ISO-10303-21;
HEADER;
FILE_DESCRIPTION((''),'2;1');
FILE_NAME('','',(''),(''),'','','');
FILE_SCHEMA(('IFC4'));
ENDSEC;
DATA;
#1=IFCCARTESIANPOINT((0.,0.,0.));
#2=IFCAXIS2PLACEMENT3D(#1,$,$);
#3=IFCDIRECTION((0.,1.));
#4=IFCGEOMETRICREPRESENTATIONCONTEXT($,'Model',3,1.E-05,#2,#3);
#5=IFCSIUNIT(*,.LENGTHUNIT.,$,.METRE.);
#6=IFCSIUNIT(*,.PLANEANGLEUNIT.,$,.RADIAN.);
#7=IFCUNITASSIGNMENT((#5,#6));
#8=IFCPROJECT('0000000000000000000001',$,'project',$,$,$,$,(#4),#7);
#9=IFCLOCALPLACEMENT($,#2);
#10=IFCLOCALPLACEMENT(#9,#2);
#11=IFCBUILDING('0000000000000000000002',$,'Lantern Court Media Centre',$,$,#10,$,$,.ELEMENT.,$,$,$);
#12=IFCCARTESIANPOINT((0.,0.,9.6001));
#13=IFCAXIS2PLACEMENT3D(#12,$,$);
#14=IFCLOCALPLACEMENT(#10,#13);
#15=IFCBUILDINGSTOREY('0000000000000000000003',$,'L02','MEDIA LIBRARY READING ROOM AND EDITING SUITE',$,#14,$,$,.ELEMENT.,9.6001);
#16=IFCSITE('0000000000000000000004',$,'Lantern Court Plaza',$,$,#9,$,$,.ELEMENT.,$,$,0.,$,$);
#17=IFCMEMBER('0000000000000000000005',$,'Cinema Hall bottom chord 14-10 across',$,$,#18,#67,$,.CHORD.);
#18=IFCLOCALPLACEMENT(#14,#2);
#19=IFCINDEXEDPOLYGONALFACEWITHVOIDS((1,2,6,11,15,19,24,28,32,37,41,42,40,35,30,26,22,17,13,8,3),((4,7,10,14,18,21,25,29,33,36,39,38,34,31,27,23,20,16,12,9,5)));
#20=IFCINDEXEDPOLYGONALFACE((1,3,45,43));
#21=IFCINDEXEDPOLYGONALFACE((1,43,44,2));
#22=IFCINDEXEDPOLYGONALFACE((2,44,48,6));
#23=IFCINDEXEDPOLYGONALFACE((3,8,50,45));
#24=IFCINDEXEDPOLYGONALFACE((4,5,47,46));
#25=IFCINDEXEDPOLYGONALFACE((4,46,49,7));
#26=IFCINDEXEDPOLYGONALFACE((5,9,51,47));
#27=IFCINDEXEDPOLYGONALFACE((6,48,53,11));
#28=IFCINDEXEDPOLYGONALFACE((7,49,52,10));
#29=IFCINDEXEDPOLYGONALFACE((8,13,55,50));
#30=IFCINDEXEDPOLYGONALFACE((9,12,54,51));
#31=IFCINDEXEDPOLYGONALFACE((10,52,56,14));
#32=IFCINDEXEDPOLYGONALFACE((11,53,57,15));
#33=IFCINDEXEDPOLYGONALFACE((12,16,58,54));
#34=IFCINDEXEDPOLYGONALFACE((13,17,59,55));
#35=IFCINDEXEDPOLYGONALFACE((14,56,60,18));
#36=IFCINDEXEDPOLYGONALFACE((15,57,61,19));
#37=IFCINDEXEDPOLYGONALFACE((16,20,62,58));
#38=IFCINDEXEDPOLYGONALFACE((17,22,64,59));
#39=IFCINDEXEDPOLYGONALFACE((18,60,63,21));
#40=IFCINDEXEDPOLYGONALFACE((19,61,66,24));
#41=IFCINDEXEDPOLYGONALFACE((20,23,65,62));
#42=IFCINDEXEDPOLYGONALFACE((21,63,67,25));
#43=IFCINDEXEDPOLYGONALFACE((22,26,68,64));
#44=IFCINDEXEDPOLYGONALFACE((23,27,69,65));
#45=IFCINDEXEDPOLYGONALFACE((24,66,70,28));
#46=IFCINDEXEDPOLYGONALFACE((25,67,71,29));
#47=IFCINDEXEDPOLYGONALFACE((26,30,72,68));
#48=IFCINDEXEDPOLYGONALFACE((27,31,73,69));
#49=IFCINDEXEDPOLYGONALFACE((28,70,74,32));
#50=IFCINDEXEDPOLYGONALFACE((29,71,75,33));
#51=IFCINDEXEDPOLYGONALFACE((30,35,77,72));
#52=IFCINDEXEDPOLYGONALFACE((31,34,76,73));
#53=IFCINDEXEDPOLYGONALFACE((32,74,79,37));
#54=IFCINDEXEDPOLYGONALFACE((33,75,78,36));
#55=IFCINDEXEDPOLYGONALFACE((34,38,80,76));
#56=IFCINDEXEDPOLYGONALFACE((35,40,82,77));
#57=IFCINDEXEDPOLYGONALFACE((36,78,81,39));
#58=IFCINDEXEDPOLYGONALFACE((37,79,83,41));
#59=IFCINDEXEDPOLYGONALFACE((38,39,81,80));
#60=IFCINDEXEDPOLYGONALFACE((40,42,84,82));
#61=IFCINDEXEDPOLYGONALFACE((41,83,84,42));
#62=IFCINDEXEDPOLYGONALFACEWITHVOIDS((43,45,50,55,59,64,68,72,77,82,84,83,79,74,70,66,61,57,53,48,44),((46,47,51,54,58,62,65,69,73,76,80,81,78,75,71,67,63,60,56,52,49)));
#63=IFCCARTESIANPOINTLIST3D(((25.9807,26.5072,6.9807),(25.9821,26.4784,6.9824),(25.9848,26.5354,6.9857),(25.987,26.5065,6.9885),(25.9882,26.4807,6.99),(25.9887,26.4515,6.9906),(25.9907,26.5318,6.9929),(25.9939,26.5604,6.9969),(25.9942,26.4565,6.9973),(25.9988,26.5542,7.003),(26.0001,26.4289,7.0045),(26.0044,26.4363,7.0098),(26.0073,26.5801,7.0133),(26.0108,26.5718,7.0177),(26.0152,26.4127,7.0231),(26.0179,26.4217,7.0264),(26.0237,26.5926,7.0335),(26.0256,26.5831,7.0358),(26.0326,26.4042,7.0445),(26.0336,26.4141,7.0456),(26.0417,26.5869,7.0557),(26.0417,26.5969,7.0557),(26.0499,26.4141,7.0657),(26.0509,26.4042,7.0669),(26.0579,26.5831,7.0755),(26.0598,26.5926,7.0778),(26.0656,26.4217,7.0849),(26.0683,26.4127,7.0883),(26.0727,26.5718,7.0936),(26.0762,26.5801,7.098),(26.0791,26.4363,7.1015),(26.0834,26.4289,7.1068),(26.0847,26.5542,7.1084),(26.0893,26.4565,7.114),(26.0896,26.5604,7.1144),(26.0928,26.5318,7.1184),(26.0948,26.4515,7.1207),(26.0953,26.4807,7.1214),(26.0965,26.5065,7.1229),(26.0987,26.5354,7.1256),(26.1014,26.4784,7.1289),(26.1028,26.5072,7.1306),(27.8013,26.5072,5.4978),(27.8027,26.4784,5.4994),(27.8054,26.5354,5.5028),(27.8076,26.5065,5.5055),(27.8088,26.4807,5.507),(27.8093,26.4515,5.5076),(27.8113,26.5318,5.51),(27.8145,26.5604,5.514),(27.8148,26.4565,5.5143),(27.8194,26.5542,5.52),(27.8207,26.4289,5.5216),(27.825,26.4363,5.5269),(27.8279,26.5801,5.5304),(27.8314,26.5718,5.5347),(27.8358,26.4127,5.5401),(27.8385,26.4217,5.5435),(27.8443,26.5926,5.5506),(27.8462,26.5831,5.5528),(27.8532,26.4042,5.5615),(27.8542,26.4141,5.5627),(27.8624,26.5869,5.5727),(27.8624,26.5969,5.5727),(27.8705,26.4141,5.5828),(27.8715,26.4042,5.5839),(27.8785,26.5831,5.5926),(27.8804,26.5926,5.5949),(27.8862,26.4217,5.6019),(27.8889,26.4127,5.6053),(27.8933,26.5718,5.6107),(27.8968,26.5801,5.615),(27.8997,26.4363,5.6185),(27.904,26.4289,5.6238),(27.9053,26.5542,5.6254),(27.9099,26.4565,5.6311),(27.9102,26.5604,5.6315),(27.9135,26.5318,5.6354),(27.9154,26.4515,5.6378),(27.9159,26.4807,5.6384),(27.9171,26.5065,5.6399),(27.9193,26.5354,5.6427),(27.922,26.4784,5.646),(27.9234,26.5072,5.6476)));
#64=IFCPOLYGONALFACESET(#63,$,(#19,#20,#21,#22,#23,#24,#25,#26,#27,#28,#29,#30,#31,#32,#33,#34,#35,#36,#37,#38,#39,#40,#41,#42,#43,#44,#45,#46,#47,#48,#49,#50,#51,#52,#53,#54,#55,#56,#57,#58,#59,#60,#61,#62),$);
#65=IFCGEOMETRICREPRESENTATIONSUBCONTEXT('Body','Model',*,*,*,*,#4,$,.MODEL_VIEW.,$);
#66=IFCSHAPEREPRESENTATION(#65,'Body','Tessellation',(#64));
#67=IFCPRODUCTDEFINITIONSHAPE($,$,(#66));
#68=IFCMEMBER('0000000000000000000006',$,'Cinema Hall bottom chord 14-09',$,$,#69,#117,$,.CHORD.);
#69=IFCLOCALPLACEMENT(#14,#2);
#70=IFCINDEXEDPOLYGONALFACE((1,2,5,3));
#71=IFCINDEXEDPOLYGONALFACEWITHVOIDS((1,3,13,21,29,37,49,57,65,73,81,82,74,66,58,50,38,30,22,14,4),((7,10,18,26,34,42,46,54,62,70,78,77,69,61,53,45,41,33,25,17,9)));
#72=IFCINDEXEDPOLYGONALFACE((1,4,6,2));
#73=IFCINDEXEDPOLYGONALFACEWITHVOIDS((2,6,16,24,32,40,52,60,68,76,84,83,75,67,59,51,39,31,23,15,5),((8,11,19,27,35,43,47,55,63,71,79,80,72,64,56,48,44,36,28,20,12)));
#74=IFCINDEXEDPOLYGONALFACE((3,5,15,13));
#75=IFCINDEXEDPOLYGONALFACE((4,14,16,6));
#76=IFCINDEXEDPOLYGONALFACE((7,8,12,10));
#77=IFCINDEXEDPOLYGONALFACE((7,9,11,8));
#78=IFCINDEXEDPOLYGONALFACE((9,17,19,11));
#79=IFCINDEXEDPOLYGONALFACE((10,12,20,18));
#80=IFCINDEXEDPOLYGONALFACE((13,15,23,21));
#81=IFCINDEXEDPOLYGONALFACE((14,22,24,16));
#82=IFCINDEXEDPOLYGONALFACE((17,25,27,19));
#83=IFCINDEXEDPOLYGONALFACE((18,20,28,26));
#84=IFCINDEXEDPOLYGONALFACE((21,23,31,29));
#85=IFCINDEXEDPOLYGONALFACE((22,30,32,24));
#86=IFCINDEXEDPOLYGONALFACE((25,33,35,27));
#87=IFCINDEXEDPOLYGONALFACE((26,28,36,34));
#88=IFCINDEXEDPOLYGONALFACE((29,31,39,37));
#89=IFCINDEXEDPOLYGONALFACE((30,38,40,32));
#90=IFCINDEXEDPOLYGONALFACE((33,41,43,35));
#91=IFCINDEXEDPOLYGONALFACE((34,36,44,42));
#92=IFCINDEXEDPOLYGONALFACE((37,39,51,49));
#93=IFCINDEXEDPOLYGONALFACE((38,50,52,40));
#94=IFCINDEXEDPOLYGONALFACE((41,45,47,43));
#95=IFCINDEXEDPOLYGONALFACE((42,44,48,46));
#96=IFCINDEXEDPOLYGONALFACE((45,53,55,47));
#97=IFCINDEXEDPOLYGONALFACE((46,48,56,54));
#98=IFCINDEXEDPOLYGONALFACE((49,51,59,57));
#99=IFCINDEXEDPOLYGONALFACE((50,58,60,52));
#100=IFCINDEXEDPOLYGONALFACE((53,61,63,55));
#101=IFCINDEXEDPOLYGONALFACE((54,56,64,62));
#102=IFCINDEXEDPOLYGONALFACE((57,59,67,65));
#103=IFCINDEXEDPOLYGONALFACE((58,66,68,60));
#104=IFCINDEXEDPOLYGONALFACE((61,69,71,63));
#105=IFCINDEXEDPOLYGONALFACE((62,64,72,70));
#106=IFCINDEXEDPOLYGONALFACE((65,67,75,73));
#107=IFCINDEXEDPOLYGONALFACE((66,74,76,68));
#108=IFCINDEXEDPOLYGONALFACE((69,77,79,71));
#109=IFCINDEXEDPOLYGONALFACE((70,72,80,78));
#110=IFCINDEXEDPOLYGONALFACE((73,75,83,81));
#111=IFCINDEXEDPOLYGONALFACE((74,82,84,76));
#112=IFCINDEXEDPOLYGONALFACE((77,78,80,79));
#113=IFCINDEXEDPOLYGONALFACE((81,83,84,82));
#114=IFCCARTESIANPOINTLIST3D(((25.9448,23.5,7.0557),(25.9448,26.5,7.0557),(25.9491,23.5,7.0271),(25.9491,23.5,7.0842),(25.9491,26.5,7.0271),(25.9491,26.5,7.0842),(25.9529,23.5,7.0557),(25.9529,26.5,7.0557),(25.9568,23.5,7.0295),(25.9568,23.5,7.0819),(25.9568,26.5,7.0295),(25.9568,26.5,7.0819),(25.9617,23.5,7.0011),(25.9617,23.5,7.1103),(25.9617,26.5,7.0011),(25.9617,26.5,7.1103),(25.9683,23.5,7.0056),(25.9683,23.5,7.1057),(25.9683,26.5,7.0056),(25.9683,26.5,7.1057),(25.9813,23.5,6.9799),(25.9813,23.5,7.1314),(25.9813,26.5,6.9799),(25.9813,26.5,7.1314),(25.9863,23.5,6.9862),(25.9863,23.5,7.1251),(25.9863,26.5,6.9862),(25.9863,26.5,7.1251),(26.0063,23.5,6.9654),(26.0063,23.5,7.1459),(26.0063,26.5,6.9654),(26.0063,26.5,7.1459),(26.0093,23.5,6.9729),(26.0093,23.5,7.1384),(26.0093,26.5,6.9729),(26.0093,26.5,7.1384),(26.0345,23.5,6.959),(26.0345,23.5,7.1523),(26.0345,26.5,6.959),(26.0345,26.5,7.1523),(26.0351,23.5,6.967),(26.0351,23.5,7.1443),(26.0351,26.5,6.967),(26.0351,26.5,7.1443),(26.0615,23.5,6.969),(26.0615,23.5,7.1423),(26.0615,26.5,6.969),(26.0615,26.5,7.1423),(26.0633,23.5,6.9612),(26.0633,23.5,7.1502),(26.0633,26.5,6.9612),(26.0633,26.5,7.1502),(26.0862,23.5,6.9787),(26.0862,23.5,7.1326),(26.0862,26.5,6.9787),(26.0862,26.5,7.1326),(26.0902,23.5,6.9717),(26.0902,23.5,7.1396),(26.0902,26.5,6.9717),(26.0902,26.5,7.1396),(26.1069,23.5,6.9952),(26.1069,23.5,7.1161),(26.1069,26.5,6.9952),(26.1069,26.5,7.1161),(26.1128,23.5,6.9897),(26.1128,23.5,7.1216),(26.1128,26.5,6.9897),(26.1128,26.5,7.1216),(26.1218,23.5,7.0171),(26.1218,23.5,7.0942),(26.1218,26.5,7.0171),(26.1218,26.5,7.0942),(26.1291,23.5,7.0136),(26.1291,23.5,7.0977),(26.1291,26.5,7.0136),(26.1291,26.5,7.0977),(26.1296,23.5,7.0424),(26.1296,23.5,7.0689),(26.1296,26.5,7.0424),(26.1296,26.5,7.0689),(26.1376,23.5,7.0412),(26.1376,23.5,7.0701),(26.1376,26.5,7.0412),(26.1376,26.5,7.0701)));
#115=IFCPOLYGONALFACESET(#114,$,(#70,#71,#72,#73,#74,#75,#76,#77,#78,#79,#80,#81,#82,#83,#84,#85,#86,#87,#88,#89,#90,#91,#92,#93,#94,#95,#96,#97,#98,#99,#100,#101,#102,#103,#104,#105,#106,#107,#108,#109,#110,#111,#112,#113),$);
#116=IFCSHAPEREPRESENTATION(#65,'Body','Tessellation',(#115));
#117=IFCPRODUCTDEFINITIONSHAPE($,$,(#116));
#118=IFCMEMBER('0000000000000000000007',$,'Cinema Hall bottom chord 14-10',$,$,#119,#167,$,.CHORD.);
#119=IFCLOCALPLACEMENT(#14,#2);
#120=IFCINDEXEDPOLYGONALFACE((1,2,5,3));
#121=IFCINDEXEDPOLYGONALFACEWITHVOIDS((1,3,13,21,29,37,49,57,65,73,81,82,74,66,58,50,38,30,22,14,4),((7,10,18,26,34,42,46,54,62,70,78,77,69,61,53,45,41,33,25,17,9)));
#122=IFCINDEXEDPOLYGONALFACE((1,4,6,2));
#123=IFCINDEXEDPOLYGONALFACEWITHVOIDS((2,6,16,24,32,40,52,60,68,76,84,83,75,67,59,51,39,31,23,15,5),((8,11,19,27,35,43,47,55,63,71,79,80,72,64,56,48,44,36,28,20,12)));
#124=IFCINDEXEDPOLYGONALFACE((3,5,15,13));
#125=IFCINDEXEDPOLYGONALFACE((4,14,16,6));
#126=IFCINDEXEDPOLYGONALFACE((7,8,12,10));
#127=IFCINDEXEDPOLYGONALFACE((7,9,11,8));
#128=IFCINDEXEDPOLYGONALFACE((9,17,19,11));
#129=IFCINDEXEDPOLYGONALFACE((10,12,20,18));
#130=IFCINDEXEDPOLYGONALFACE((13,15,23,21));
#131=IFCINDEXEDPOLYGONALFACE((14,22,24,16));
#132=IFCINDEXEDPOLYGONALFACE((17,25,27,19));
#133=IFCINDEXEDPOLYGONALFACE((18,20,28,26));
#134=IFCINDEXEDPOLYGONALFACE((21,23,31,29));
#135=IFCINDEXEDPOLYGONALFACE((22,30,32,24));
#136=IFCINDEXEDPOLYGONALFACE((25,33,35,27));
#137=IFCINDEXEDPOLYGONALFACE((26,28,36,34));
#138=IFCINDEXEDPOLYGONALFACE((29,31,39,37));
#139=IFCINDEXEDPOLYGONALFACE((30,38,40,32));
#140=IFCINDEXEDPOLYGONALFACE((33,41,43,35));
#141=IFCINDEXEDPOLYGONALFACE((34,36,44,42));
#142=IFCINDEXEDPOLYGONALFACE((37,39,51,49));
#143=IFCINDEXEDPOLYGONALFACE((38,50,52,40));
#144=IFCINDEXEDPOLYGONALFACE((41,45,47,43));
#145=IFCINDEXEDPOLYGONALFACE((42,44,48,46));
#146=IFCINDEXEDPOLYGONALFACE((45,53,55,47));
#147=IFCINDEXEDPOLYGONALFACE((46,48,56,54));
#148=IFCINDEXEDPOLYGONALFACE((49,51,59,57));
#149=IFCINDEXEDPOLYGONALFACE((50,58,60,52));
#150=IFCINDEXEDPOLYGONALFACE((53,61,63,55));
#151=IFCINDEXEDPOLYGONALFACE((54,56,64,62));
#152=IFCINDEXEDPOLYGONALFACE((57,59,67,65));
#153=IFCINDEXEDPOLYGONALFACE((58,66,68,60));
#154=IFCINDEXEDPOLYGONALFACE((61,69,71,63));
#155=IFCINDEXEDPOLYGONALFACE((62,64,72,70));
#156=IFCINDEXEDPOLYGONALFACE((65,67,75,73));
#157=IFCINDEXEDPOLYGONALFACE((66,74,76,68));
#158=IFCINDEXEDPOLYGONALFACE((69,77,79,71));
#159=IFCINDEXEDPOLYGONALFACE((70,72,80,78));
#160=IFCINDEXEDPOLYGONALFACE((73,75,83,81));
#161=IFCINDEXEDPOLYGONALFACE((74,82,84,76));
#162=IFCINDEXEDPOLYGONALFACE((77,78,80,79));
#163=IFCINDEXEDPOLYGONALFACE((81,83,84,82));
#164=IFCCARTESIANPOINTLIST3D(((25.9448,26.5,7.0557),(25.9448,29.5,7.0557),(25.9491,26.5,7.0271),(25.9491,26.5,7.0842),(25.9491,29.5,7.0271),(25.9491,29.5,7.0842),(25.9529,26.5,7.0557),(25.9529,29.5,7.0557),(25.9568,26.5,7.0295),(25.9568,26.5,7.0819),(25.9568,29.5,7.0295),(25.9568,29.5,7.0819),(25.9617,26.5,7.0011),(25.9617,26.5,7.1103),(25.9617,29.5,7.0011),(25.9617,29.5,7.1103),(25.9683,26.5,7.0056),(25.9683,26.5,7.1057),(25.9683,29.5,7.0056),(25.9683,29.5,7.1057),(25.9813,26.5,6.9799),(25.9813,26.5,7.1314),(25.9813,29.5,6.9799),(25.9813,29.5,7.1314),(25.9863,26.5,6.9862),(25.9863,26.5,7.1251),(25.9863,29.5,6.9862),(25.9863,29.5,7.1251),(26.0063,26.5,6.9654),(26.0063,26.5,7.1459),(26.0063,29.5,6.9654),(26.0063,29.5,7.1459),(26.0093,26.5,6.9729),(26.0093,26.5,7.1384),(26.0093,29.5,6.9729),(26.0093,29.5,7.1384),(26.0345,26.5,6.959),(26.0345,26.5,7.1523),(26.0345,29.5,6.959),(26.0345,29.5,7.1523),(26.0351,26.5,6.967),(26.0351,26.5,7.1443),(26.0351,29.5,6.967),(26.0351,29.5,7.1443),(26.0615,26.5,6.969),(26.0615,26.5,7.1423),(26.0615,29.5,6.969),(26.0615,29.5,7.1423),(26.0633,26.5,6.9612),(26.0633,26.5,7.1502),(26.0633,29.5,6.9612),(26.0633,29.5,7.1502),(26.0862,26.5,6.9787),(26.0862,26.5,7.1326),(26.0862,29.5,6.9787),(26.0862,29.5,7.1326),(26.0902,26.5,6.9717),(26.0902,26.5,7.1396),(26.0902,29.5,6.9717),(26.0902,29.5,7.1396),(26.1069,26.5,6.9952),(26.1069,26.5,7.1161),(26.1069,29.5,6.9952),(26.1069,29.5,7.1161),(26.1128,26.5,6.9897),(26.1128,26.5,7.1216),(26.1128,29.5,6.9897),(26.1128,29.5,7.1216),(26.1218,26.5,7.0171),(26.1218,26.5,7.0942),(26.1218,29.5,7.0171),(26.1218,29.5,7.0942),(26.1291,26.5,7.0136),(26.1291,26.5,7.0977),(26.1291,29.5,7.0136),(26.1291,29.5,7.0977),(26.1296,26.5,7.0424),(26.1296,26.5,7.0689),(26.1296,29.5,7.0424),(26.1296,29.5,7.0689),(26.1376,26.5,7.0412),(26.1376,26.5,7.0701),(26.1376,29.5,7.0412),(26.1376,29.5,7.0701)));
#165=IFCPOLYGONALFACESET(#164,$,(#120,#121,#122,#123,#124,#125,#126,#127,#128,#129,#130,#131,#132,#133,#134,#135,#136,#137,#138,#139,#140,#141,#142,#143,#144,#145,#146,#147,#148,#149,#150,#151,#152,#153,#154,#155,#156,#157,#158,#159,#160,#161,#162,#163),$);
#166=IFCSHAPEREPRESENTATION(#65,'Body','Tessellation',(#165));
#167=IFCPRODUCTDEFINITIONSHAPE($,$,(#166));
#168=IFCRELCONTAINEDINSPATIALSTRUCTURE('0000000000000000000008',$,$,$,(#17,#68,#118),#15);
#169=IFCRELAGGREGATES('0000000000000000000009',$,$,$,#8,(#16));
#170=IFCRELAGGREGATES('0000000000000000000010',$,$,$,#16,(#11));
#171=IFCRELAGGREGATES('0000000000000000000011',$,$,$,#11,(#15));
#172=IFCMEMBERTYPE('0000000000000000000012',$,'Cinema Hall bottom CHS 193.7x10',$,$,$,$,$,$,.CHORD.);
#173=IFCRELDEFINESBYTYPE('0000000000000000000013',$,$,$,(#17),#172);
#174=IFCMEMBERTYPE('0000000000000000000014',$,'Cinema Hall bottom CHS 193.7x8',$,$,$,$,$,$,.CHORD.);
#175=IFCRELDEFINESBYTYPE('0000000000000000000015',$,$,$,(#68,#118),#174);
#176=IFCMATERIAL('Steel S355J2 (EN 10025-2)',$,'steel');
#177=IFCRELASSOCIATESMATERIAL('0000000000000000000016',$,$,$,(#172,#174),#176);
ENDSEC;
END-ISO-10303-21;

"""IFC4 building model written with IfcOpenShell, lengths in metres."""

from ifc_helpers import new_model, si_unit, direction, frame, origin, origin_2d, place, context, subcontext, project, spatial, hollow_circle, extrude, material, material_profile, profile_set, type_object, element, save


model = new_model("IFC4")

# Units and contexts
model_context = context("Model", 3, precision=1e-05, world=origin(), true_north=direction((0.0, 1.0)))
body_context = subcontext(model_context, "Body", "Model", "MODEL_VIEW")
ifc_project = project(units=[si_unit("LENGTHUNIT", "METRE"), si_unit("PLANEANGLEUNIT", "RADIAN")], contexts=[model_context])

# Site, building, storey
site_placement = place(None, origin())
site = spatial("IfcSite", under=ifc_project, at=site_placement, Name="Lantern Court Plaza", CompositionType="ELEMENT", RefElevation=0.0)
building_placement = place(site_placement, origin())
building = spatial("IfcBuilding", under=site, at=building_placement, Name="Lantern Court Media Centre", CompositionType="ELEMENT")
storey_placement = place(building_placement, frame((0.0, 0.0, 9.6001)))
storey = spatial("IfcBuildingStorey", under=building, at=storey_placement, Name="L02", Description="MEDIA LIBRARY READING ROOM AND EDITING SUITE", CompositionType="ELEMENT", Elevation=9.6001)

# Members
ifc_material = material(Name="Steel S355J2 (EN 10025-2)", Category="steel")
ifc_material_profile_1 = material_profile(ifc_material, hollow_circle(Radius=0.0969, WallThickness=0.01, at=origin_2d()), Name="Cinema Hall bottom CHS 193.7x10")
ifc_profile_set_1 = profile_set([ifc_material_profile_1], Name="Steel S355J2 (EN 10025-2)")
member_type_1 = type_object("IfcMemberType", Name="Cinema Hall bottom CHS 193.7x10", PredefinedType="CHORD", material=ifc_profile_set_1)
for number, where, z_axis, x_axis, name in (
    (1, (26.0417, 26.5, 7.0557), (0.775341, 0.0, -0.631543), (0.0, 1.0, 0.0), "Cinema Hall bottom chord 14-10 across"),
):
    element("IfcMember", number, at=place(storey_placement, frame(where, z_axis=z_axis, x_axis=x_axis)), inside=storey, type_object=member_type_1, Name=name, PredefinedType="CHORD", context=body_context, shape_type="SweptSolid", body=[
        extrude(hollow_circle(Radius=0.0969, WallThickness=0.01, at=origin_2d()), origin(), (0.0, 0.0, 1.0), 2.3481),
    ])
ifc_material_profile_2 = material_profile(ifc_material, hollow_circle(Radius=0.0969, WallThickness=0.0081, at=origin_2d()), Name="Cinema Hall bottom CHS 193.7x8")
ifc_profile_set_2 = profile_set([ifc_material_profile_2], Name="Steel S355J2 (EN 10025-2)")
member_type_2 = type_object("IfcMemberType", Name="Cinema Hall bottom CHS 193.7x8", PredefinedType="CHORD", material=ifc_profile_set_2)
for number, where, z_axis, x_axis, name in (
    (2, (26.0417, 23.5, 7.0557), (0.0, 1.0, 0.0), (-1.0, 0.0, 0.0), "Cinema Hall bottom chord 14-09"),
    (3, (26.0417, 26.5, 7.0557), (0.0, 1.0, 0.0), (-1.0, 0.0, 0.0), "Cinema Hall bottom chord 14-10"),
):
    element("IfcMember", number, at=place(storey_placement, frame(where, z_axis=z_axis, x_axis=x_axis)), inside=storey, type_object=member_type_2, Name=name, PredefinedType="CHORD", context=body_context, shape_type="SweptSolid", body=[
        extrude(hollow_circle(Radius=0.0969, WallThickness=0.0081, at=origin_2d()), origin(), (0.0, 0.0, 1.0), 3.0),
    ])

save(model, "model.ifc")
